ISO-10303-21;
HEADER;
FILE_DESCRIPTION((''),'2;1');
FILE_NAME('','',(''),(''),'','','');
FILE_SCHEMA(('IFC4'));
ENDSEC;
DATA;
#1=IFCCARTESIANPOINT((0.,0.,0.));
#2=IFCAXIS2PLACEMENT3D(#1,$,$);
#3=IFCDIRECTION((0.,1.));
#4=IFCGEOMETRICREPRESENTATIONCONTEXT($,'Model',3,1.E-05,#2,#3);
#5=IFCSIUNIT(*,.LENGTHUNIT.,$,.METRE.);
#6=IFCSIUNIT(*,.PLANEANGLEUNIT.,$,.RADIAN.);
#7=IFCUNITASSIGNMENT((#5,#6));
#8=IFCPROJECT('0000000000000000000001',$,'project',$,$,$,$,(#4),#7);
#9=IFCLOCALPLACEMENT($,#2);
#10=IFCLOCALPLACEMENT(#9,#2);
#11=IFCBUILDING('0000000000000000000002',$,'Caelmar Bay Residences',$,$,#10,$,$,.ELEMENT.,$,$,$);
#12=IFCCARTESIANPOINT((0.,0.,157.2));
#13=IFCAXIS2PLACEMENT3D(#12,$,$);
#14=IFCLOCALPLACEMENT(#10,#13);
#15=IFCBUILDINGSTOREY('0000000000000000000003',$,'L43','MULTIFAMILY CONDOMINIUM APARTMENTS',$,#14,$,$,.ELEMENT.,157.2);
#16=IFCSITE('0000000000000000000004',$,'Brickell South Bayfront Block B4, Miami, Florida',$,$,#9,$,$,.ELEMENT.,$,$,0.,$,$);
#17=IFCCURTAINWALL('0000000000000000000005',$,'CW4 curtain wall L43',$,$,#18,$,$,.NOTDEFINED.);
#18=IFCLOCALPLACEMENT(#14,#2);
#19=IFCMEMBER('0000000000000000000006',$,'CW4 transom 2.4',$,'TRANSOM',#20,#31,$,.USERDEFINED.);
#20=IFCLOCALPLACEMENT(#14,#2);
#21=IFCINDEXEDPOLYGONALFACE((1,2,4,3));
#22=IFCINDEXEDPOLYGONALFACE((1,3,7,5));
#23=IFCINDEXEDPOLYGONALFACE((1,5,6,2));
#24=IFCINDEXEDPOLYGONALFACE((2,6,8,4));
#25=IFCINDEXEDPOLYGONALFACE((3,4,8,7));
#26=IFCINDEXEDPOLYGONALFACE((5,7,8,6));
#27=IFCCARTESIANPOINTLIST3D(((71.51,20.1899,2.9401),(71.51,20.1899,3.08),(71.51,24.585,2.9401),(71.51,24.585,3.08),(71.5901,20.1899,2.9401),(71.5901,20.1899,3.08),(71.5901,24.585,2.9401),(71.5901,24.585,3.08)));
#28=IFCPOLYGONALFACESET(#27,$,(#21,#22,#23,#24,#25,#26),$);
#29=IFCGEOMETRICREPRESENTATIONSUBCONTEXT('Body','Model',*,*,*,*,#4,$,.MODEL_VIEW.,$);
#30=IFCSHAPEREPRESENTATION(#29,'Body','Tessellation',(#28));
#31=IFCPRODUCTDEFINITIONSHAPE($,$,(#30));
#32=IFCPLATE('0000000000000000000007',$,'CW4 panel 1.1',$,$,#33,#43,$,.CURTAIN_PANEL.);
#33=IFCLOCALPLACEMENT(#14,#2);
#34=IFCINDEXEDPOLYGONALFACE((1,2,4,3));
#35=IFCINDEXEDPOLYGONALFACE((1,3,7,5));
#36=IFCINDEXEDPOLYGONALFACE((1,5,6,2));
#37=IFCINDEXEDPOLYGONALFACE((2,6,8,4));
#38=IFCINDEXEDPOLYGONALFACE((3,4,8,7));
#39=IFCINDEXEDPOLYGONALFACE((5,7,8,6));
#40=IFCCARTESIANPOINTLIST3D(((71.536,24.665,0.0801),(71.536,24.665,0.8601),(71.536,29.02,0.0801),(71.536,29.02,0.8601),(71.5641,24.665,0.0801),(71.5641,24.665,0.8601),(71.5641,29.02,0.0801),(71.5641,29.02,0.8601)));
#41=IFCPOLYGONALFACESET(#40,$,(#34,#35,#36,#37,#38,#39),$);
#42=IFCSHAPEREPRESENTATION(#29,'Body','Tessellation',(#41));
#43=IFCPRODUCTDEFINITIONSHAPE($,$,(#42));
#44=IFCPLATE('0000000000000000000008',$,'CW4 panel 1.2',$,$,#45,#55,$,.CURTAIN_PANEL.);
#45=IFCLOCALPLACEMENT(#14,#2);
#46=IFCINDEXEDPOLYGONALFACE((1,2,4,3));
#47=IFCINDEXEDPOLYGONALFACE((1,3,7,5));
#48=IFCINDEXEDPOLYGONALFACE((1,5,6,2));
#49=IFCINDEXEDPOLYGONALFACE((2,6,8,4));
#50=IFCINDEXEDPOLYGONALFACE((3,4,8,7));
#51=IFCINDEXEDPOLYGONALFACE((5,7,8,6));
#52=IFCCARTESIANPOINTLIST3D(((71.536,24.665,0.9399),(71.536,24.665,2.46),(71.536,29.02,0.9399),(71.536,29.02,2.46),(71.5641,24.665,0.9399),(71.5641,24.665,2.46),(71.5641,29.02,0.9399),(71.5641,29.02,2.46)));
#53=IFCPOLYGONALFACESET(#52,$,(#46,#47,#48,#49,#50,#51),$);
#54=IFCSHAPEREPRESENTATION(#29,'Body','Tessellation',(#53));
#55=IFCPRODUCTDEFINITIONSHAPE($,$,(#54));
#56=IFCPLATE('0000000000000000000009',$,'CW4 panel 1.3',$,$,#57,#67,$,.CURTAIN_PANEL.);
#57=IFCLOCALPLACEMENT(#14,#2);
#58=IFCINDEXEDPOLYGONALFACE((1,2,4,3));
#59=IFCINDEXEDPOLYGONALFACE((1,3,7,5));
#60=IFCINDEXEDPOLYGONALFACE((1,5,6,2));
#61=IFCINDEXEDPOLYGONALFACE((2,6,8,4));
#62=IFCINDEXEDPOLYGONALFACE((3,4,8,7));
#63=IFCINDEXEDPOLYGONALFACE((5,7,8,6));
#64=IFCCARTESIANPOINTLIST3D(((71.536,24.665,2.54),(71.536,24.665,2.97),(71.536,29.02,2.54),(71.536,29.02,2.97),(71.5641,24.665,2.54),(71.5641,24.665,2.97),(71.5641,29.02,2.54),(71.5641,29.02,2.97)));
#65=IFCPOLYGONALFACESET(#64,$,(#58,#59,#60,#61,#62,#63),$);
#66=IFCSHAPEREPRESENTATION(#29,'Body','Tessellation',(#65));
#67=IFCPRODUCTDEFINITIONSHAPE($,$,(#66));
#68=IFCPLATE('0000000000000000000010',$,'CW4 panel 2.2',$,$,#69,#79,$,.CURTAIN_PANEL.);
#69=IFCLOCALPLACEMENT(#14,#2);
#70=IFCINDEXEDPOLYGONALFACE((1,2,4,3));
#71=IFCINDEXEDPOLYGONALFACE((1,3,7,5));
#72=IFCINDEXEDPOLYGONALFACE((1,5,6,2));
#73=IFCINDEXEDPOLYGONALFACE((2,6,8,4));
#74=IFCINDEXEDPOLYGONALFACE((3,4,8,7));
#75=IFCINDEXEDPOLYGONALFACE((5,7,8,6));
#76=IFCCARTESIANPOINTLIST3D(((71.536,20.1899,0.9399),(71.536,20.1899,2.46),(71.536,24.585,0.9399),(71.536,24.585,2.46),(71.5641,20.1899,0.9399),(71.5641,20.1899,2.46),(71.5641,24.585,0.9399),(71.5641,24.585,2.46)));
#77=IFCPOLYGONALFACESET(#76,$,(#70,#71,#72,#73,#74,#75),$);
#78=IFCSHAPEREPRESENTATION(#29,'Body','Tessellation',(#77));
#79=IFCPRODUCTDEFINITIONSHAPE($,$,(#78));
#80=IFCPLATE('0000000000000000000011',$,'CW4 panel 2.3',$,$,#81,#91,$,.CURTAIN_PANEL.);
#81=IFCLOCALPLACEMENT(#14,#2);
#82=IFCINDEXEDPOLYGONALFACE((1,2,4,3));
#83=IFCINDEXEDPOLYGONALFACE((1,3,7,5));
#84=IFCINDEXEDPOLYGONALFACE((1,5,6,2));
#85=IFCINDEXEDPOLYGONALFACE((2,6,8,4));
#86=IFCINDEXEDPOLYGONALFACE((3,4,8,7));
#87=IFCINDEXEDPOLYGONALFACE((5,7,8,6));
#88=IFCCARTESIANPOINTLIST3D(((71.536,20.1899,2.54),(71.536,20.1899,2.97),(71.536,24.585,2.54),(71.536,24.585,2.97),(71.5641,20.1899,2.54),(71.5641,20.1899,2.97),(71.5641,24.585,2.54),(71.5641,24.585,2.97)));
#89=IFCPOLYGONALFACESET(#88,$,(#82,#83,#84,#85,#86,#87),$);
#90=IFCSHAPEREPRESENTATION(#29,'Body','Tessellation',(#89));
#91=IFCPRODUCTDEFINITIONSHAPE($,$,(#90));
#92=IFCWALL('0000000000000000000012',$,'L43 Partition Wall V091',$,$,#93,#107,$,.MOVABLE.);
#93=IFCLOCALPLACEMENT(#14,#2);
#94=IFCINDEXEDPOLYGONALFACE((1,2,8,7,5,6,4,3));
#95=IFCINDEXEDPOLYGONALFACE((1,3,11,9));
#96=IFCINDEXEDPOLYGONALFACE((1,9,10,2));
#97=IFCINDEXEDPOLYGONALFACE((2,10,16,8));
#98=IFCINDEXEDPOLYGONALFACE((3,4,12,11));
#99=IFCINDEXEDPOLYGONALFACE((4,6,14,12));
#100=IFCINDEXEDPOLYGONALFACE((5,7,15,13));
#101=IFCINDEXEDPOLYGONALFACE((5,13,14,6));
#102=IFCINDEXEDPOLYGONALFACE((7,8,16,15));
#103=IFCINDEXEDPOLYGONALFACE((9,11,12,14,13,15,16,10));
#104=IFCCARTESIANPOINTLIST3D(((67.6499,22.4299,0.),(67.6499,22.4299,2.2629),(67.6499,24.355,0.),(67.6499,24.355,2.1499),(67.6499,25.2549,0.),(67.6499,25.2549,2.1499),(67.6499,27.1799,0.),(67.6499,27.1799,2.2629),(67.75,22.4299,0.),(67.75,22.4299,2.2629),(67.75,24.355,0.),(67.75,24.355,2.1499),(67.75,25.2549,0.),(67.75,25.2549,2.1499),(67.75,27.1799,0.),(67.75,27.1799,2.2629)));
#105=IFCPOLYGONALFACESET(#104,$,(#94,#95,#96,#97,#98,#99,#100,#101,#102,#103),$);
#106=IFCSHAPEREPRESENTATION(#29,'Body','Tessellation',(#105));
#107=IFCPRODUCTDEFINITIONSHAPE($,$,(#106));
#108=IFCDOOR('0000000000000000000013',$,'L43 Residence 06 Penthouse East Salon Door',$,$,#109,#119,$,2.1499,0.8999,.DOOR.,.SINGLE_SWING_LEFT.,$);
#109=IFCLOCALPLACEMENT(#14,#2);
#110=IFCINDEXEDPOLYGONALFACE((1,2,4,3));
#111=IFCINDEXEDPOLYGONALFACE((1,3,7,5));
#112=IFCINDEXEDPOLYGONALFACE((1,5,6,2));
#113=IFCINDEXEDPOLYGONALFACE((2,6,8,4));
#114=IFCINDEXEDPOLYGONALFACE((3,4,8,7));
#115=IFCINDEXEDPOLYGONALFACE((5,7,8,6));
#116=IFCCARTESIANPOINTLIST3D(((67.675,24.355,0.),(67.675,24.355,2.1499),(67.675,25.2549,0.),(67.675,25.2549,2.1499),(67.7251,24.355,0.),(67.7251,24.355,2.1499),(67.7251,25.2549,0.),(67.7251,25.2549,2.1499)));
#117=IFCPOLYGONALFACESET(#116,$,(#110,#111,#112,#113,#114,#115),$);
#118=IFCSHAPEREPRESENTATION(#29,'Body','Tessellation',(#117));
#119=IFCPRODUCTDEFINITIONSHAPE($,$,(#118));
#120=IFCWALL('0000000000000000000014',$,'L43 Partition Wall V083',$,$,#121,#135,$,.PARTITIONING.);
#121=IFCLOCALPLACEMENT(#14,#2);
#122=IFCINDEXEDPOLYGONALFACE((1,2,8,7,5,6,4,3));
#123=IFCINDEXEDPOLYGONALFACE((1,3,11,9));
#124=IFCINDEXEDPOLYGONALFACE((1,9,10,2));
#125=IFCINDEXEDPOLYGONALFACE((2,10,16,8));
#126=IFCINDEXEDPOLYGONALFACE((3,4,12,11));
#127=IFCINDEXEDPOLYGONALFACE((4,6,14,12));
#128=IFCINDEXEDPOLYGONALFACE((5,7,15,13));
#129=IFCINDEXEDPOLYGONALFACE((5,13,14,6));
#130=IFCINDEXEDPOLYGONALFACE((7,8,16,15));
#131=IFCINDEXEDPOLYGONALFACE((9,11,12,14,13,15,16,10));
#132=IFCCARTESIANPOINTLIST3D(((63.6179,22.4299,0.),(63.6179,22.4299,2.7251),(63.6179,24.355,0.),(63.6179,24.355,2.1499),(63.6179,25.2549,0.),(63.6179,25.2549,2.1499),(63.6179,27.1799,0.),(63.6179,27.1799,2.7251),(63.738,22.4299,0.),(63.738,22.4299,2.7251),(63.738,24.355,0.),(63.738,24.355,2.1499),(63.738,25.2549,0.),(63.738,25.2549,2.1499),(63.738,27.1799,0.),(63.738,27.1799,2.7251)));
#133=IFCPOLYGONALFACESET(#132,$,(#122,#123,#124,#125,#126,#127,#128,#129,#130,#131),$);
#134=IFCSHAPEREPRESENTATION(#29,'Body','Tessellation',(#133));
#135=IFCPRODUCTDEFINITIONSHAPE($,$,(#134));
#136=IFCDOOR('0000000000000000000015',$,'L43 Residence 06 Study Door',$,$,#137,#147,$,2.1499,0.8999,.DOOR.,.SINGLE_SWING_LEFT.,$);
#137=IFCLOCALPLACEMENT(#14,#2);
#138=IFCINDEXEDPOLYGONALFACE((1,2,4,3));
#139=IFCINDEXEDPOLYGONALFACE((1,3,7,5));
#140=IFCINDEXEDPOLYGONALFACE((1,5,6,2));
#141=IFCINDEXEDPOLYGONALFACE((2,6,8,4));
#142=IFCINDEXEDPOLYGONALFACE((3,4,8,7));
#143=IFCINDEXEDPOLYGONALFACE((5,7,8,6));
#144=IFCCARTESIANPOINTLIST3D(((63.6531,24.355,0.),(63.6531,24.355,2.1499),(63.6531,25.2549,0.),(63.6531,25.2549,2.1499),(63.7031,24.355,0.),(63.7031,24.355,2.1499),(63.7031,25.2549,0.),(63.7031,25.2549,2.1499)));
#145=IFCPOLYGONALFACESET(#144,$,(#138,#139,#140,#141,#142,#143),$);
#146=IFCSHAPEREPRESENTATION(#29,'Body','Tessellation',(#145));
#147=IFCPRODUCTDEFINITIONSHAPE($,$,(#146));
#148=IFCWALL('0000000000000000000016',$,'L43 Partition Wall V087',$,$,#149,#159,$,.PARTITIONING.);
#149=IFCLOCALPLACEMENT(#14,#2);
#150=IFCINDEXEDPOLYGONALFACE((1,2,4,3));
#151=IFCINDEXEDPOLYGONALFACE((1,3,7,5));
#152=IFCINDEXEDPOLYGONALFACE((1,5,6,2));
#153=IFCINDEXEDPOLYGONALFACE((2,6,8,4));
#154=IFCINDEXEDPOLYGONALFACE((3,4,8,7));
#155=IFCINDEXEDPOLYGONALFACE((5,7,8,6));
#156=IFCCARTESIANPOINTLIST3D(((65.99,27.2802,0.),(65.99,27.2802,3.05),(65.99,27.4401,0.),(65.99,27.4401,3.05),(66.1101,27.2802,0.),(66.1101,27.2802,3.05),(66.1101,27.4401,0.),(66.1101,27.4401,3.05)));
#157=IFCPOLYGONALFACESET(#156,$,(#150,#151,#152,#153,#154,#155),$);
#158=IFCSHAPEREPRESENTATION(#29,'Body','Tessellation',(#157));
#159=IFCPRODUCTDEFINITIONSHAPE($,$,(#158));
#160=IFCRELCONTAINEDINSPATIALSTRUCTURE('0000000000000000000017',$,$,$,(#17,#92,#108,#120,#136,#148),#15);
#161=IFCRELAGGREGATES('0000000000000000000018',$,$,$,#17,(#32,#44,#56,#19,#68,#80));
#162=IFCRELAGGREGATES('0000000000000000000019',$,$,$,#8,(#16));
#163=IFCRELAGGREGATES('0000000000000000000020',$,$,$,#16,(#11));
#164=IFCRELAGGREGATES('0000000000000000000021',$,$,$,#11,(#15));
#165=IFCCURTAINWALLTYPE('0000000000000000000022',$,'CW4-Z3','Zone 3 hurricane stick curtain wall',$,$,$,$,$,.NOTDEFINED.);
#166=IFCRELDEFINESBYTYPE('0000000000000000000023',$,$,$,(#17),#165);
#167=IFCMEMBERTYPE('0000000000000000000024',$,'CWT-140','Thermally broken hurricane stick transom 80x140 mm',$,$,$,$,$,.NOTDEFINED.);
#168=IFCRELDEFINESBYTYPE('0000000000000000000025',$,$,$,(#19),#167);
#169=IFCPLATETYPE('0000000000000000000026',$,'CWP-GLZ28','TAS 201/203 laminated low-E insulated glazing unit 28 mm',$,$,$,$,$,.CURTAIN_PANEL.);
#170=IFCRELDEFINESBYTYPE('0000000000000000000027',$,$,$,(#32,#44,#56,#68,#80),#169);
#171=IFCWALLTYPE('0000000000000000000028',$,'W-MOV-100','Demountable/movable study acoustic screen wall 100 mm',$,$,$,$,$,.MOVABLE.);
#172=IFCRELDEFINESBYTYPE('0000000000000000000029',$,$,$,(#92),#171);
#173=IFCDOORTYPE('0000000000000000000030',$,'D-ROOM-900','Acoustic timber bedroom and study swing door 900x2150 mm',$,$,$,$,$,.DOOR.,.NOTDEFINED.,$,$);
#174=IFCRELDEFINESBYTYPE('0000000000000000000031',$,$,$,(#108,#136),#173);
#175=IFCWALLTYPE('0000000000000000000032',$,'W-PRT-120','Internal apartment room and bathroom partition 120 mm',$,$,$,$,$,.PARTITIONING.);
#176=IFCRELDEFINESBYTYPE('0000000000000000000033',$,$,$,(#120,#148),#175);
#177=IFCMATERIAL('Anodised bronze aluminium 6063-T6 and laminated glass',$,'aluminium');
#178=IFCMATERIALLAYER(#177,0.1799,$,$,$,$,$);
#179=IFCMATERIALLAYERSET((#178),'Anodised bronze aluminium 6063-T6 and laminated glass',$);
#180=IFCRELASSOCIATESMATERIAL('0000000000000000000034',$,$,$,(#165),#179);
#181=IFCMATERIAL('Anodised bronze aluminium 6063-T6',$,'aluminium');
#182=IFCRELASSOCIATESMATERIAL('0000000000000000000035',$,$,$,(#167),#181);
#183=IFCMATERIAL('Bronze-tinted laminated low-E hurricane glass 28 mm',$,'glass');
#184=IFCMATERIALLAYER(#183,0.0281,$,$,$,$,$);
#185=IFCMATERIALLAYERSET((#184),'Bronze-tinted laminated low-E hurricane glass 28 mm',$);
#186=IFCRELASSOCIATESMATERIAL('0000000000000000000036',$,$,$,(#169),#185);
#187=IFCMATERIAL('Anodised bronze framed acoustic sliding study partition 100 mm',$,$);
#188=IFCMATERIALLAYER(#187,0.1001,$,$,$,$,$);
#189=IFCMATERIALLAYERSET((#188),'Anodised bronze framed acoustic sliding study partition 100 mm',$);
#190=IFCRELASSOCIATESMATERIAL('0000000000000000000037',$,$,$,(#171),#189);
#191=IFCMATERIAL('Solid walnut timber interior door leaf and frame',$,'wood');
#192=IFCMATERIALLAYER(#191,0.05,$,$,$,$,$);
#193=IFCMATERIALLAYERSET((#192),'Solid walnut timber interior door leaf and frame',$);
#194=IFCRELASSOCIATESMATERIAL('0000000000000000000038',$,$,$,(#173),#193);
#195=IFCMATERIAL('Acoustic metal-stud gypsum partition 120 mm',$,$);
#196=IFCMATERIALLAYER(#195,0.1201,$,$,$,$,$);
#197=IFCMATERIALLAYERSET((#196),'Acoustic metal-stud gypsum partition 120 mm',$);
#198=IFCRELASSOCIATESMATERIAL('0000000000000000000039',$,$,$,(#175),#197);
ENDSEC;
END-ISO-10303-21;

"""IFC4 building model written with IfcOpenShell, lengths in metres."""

from ifc_helpers import new_model, si_unit, direction, frame, frame_2d, origin, origin_2d, place, context, subcontext, project, spatial, rectangle, extrude, material, layer, layer_set, material_profile, profile_set, type_object, element, fill, aggregate, save


model = new_model("IFC4")

# Units and contexts
model_context = context("Model", 3, precision=1e-05, world=origin(), true_north=direction((0.0, 1.0)))
body_context = subcontext(model_context, "Body", "Model", "MODEL_VIEW")
ifc_project = project(units=[si_unit("LENGTHUNIT", "METRE"), si_unit("PLANEANGLEUNIT", "RADIAN")], contexts=[model_context])

# Site, building, storey
site_placement = place(None, origin())
site = spatial("IfcSite", under=ifc_project, at=site_placement, Name="Brickell South Bayfront Block B4, Miami, Florida", CompositionType="ELEMENT", RefElevation=0.0)
building_placement = place(site_placement, origin())
building = spatial("IfcBuilding", under=site, at=building_placement, Name="Caelmar Bay Residences", CompositionType="ELEMENT")
storey_placement = place(building_placement, frame((0.0, 0.0, 157.2)))
storey = spatial("IfcBuildingStorey", under=building, at=storey_placement, Name="L43", Description="MULTIFAMILY CONDOMINIUM APARTMENTS", CompositionType="ELEMENT", Elevation=157.2)

# Curtain wall, member, plates
ifc_material_1 = material(Name="Anodised bronze aluminium 6063-T6 and laminated glass", Category="aluminium")
ifc_layer_1 = layer(ifc_material_1, 0.1799)
ifc_layer_set_1 = layer_set([ifc_layer_1], Name="Anodised bronze aluminium 6063-T6 and laminated glass")
curtain_wall_type = type_object("IfcCurtainWallType", Name="CW4-Z3", Description="Zone 3 hurricane stick curtain wall", PredefinedType="NOTDEFINED", material=ifc_layer_set_1)
curtain_wall_placement = place(storey_placement, origin())
curtain_wall = element("IfcCurtainWall", 1, at=curtain_wall_placement, inside=storey, type_object=curtain_wall_type, Name="CW4 curtain wall L43", PredefinedType="NOTDEFINED")
ifc_material_2 = material(Name="Anodised bronze aluminium 6063-T6", Category="aluminium")
ifc_material_profile_1 = material_profile(ifc_material_2, rectangle(XDim=0.0801, YDim=0.1399, at=origin_2d()), Name="CWT-80X140")
ifc_profile_set_1 = profile_set([ifc_material_profile_1], Name="Anodised bronze aluminium 6063-T6")
member_type_1 = type_object("IfcMemberType", Name="CWT-140", Description="Thermally broken hurricane stick transom 80x140 mm", PredefinedType="NOTDEFINED", material=ifc_profile_set_1)
member_1_placement = place(storey_placement, frame((71.55, 24.585, 3.01), z_axis=(0.0, -1.0, 0.0), x_axis=(1.0, 0.0, 0.0)))
member_1 = element("IfcMember", 2, at=member_1_placement, type_object=member_type_1, Name="CW4 transom 2.4", ObjectType="TRANSOM", PredefinedType="USERDEFINED", context=body_context, shape_type="SweptSolid", body=[
    extrude(rectangle(XDim=0.0801, YDim=0.1399, at=origin_2d()), origin(), (0.0, 0.0, 1.0), 4.395),
])
ifc_material_3 = material(Name="Bronze-tinted laminated low-E hurricane glass 28 mm", Category="glass")
ifc_layer_2 = layer(ifc_material_3, 0.0281)
ifc_layer_set_2 = layer_set([ifc_layer_2], Name="Bronze-tinted laminated low-E hurricane glass 28 mm")
plate_type = type_object("IfcPlateType", Name="CWP-GLZ28", Description="TAS 201/203 laminated low-E insulated glazing unit 28 mm", PredefinedType="CURTAIN_PANEL", material=ifc_layer_set_2)
plate_1_placement = place(storey_placement, frame((71.55, 26.8425, 0.0801), z_axis=(0.0, 0.0, 1.0), x_axis=(0.0, -1.0, 0.0)))
plate_1 = element("IfcPlate", 3, at=plate_1_placement, type_object=plate_type, Name="CW4 panel 1.1", PredefinedType="CURTAIN_PANEL", context=body_context, shape_type="SweptSolid", body=[
    extrude(rectangle(XDim=4.355, YDim=0.0281, at=origin_2d()), origin(), (0.0, 0.0, 1.0), 0.78),
])
plate_2_placement = place(storey_placement, frame((71.55, 26.8425, 0.9399), z_axis=(0.0, 0.0, 1.0), x_axis=(0.0, -1.0, 0.0)))
plate_2 = element("IfcPlate", 4, at=plate_2_placement, type_object=plate_type, Name="CW4 panel 1.2", PredefinedType="CURTAIN_PANEL", context=body_context, shape_type="SweptSolid", body=[
    extrude(rectangle(XDim=4.355, YDim=0.0281, at=origin_2d()), origin(), (0.0, 0.0, 1.0), 1.52),
])
plate_3_placement = place(storey_placement, frame((71.55, 26.8425, 2.54), z_axis=(0.0, 0.0, 1.0), x_axis=(0.0, -1.0, 0.0)))
plate_3 = element("IfcPlate", 5, at=plate_3_placement, type_object=plate_type, Name="CW4 panel 1.3", PredefinedType="CURTAIN_PANEL", context=body_context, shape_type="SweptSolid", body=[
    extrude(rectangle(XDim=4.355, YDim=0.0281, at=origin_2d()), origin(), (0.0, 0.0, 1.0), 0.4299),
])
plate_4_placement = place(storey_placement, frame((71.55, 22.3875, 0.9399), z_axis=(0.0, 0.0, 1.0), x_axis=(0.0, -1.0, 0.0)))
plate_4 = element("IfcPlate", 6, at=plate_4_placement, type_object=plate_type, Name="CW4 panel 2.2", PredefinedType="CURTAIN_PANEL", context=body_context, shape_type="SweptSolid", body=[
    extrude(rectangle(XDim=4.395, YDim=0.0281, at=origin_2d()), origin(), (0.0, 0.0, 1.0), 1.52),
])
plate_5_placement = place(storey_placement, frame((71.55, 22.3875, 2.54), z_axis=(0.0, 0.0, 1.0), x_axis=(0.0, -1.0, 0.0)))
plate_5 = element("IfcPlate", 7, at=plate_5_placement, type_object=plate_type, Name="CW4 panel 2.3", PredefinedType="CURTAIN_PANEL", context=body_context, shape_type="SweptSolid", body=[
    extrude(rectangle(XDim=4.395, YDim=0.0281, at=origin_2d()), origin(), (0.0, 0.0, 1.0), 0.4299),
])
aggregate(curtain_wall, [plate_1, plate_2, plate_3, member_1, plate_4, plate_5])

# Walls, openings, doors
ifc_material_4 = material(Name="Anodised bronze framed acoustic sliding study partition 100 mm")
ifc_layer_3 = layer(ifc_material_4, 0.1001)
ifc_layer_set_3 = layer_set([ifc_layer_3], Name="Anodised bronze framed acoustic sliding study partition 100 mm")
wall_type_1 = type_object("IfcWallType", Name="W-MOV-100", Description="Demountable/movable study acoustic screen wall 100 mm", PredefinedType="MOVABLE", material=ifc_layer_set_3)
wall_1_placement = place(storey_placement, frame((67.7, 22.4299, 0.0), z_axis=(0.0, 0.0, 1.0), x_axis=(0.0, 1.0, 0.0)))
wall_1 = element("IfcWall", 8, at=wall_1_placement, inside=storey, type_object=wall_type_1, Name="L43 Partition Wall V091", PredefinedType="MOVABLE", context=body_context, shape_type="SweptSolid", body=[
    extrude(rectangle(XDim=4.75, YDim=0.1001, at=frame_2d((2.375, 0.0))), origin(), (0.0, 0.0, 1.0), 2.2629),
])
opening_1_placement = place(wall_1_placement, frame((1.925, 0.0, 0.0)))
opening_1 = element("IfcOpeningElement", 9, at=opening_1_placement, cuts=wall_1, PredefinedType="OPENING", context=body_context, shape_type="SweptSolid", body=[
    extrude(rectangle(XDim=0.8999, YDim=2.1499, at=frame_2d((0.45, 1.075))), frame((0.0, 0.0601, 0.0), z_axis=(0.0, -1.0, 0.0), x_axis=(1.0, 0.0, 0.0)), (0.0, 0.0, 1.0), 0.1201),
])
ifc_material_5 = material(Name="Solid walnut timber interior door leaf and frame", Category="wood")
ifc_layer_4 = layer(ifc_material_5, 0.05)
ifc_layer_set_4 = layer_set([ifc_layer_4], Name="Solid walnut timber interior door leaf and frame")
door_type_1 = type_object("IfcDoorType", Name="D-ROOM-900", Description="Acoustic timber bedroom and study swing door 900x2150 mm", OperationType="NOTDEFINED", PredefinedType="DOOR", material=ifc_layer_set_4)
door_1_placement = place(opening_1_placement, origin())
door_1 = element("IfcDoor", 10, at=door_1_placement, inside=storey, type_object=door_type_1, Name="L43 Residence 06 Penthouse East Salon Door", OperationType="SINGLE_SWING_LEFT", OverallHeight=2.1499, OverallWidth=0.8999, PredefinedType="DOOR", context=body_context, shape_type="SweptSolid", body=[
    extrude(rectangle(XDim=0.8999, YDim=2.1499, at=frame_2d((0.45, 1.075))), frame((0.0, 0.0249, 0.0), z_axis=(0.0, -1.0, 0.0), x_axis=(1.0, 0.0, 0.0)), (0.0, 0.0, 1.0), 0.05),
])
fill(opening_1, door_1)
ifc_material_6 = material(Name="Acoustic metal-stud gypsum partition 120 mm")
ifc_layer_5 = layer(ifc_material_6, 0.1201)
ifc_layer_set_5 = layer_set([ifc_layer_5], Name="Acoustic metal-stud gypsum partition 120 mm")
wall_type_2 = type_object("IfcWallType", Name="W-PRT-120", Description="Internal apartment room and bathroom partition 120 mm", PredefinedType="PARTITIONING", material=ifc_layer_set_5)
wall_2_placement = place(storey_placement, frame((63.678, 22.4299, 0.0), z_axis=(0.0, 0.0, 1.0), x_axis=(0.0, 1.0, 0.0)))
wall_2 = element("IfcWall", 11, at=wall_2_placement, inside=storey, type_object=wall_type_2, Name="L43 Partition Wall V083", PredefinedType="PARTITIONING", context=body_context, shape_type="SweptSolid", body=[
    extrude(rectangle(XDim=4.75, YDim=0.1201, at=frame_2d((2.375, 0.0))), origin(), (0.0, 0.0, 1.0), 2.7251),
])
opening_2_placement = place(wall_2_placement, frame((1.925, 0.0, 0.0)))
opening_2 = element("IfcOpeningElement", 12, at=opening_2_placement, cuts=wall_2, PredefinedType="OPENING", context=body_context, shape_type="SweptSolid", body=[
    extrude(rectangle(XDim=0.8999, YDim=2.1499, at=frame_2d((0.45, 1.075))), frame((0.0, 0.0701, 0.0), z_axis=(0.0, -1.0, 0.0), x_axis=(1.0, 0.0, 0.0)), (0.0, 0.0, 1.0), 0.1401),
])
door_2_placement = place(opening_2_placement, origin())
door_2 = element("IfcDoor", 13, at=door_2_placement, inside=storey, type_object=door_type_1, Name="L43 Residence 06 Study Door", OperationType="SINGLE_SWING_LEFT", OverallHeight=2.1499, OverallWidth=0.8999, PredefinedType="DOOR", context=body_context, shape_type="SweptSolid", body=[
    extrude(rectangle(XDim=0.8999, YDim=2.1499, at=frame_2d((0.45, 1.075))), frame((0.0, 0.0249, 0.0), z_axis=(0.0, -1.0, 0.0), x_axis=(1.0, 0.0, 0.0)), (0.0, 0.0, 1.0), 0.05),
])
fill(opening_2, door_2)

# Wall
wall_3_placement = place(storey_placement, frame((66.05, 27.28, 0.0), z_axis=(0.0, 0.0, 1.0), x_axis=(0.0, 1.0, 0.0)))
element("IfcWall", 14, at=wall_3_placement, inside=storey, type_object=wall_type_2, Name="L43 Partition Wall V087", PredefinedType="PARTITIONING", context=body_context, shape_type="SweptSolid", body=[
    extrude(rectangle(XDim=0.1599, YDim=0.1201, at=frame_2d((0.0801, 0.0))), origin(), (0.0, 0.0, 1.0), 3.05),
])

save(model, "model.ifc")
